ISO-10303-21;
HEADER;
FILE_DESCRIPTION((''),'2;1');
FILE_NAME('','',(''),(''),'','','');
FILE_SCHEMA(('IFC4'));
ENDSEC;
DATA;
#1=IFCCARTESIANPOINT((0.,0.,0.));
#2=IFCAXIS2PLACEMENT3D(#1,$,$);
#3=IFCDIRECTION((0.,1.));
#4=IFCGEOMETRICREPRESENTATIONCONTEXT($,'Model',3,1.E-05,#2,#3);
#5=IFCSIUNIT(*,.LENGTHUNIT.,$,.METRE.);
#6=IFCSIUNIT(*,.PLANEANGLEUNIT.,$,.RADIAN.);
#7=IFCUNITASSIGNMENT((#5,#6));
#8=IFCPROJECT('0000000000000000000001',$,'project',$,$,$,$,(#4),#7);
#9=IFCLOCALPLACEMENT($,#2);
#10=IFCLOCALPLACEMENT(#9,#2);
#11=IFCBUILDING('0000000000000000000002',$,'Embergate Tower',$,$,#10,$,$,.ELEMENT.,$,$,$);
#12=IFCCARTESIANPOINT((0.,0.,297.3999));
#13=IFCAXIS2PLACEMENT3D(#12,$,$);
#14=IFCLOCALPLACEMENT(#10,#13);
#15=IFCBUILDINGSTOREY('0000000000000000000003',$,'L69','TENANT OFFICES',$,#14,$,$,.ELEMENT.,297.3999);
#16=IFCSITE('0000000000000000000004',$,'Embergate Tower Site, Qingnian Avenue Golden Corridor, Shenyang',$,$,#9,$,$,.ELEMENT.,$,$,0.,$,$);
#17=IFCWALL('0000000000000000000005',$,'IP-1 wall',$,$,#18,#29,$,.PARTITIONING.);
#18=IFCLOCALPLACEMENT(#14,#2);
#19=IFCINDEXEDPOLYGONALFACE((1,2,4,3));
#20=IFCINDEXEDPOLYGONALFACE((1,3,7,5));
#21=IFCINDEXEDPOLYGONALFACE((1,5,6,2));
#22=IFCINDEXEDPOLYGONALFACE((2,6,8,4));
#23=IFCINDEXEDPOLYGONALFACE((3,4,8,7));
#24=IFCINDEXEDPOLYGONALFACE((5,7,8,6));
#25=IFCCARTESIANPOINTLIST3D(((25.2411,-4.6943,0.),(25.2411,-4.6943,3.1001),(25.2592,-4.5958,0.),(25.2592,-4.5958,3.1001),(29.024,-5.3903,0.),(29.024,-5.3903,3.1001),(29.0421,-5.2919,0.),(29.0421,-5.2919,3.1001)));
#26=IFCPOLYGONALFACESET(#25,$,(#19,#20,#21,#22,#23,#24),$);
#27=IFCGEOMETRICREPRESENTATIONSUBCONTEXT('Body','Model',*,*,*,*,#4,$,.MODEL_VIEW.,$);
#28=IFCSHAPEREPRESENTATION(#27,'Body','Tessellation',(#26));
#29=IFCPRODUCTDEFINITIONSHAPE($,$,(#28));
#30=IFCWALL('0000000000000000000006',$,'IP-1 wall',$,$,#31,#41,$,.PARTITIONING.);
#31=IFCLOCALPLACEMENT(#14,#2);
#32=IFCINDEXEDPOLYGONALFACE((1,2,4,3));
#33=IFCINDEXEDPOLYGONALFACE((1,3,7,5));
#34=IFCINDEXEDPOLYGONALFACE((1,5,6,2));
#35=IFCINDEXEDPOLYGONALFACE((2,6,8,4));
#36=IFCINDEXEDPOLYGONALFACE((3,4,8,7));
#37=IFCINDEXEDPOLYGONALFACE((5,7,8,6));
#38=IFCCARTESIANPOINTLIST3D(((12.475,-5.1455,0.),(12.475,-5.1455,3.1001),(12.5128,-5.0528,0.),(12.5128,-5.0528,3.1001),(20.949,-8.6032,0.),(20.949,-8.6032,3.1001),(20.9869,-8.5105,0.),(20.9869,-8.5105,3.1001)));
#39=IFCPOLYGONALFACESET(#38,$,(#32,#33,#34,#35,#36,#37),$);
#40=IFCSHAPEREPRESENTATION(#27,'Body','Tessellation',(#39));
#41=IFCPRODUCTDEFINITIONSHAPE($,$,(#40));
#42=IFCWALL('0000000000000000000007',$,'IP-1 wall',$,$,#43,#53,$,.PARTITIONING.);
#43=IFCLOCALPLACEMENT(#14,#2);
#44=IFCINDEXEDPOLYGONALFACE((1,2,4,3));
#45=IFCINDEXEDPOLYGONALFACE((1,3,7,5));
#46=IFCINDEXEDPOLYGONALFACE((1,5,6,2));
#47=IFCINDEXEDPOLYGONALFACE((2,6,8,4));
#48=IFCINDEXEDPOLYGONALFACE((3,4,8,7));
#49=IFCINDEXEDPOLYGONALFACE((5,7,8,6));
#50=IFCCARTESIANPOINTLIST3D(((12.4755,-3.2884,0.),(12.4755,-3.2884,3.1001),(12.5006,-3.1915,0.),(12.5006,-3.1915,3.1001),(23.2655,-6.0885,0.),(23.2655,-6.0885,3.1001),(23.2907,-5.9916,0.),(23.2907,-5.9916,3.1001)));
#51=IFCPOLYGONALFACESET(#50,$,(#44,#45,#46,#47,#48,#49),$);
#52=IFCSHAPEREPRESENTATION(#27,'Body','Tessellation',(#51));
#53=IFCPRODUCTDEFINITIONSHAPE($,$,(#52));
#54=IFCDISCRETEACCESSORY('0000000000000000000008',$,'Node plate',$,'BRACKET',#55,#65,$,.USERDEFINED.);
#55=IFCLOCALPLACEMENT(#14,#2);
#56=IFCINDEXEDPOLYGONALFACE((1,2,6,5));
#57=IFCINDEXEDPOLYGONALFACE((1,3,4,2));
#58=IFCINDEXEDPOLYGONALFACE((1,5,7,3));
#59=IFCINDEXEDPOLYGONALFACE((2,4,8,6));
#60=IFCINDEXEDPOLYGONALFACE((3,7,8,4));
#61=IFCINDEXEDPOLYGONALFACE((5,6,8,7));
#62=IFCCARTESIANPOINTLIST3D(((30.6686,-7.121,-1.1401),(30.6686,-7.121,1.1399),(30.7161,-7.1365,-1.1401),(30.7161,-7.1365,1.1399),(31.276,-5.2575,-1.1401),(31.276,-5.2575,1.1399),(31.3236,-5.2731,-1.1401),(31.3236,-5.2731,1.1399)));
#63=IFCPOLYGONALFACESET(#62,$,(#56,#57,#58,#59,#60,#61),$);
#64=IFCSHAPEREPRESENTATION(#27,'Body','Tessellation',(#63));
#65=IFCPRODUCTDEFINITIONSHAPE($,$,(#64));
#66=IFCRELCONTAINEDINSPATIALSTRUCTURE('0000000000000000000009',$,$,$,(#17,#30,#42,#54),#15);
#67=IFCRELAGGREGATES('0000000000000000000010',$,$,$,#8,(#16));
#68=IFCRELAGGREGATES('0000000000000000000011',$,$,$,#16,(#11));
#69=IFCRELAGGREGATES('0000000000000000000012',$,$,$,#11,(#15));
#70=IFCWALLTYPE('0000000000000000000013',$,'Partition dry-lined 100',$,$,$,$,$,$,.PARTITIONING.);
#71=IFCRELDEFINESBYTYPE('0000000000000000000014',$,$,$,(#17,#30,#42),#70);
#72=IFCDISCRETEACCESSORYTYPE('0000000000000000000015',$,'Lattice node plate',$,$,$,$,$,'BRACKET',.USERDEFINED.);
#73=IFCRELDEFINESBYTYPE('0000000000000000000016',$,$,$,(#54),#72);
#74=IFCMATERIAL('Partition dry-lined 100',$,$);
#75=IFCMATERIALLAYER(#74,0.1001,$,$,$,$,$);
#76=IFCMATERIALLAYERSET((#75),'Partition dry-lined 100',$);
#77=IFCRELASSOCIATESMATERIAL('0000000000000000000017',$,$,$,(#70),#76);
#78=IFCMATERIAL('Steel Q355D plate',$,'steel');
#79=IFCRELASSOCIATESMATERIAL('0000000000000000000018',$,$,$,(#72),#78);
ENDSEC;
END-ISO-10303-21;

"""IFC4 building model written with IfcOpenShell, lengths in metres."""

from ifc_helpers import new_model, si_unit, direction, frame, frame_2d, origin, origin_2d, place, context, subcontext, project, spatial, rectangle, extrude, source, transform, mapped, material, layer, layer_set, type_object, element, save


model = new_model("IFC4")

# Units and contexts
model_context = context("Model", 3, precision=1e-05, world=origin(), true_north=direction((0.0, 1.0)))
body_context = subcontext(model_context, "Body", "Model", "MODEL_VIEW")
ifc_project = project(units=[si_unit("LENGTHUNIT", "METRE"), si_unit("PLANEANGLEUNIT", "RADIAN")], contexts=[model_context])

# Site, building, storey
site_placement = place(None, origin())
site = spatial("IfcSite", under=ifc_project, at=site_placement, Name="Embergate Tower Site, Qingnian Avenue Golden Corridor, Shenyang", CompositionType="ELEMENT", RefElevation=0.0)
building_placement = place(site_placement, origin())
building = spatial("IfcBuilding", under=site, at=building_placement, Name="Embergate Tower", CompositionType="ELEMENT")
storey_placement = place(building_placement, frame((0.0, 0.0, 297.3999)))
storey = spatial("IfcBuildingStorey", under=building, at=storey_placement, Name="L69", Description="TENANT OFFICES", CompositionType="ELEMENT", Elevation=297.3999)

# Walls
ifc_material_1 = material(Name="Partition dry-lined 100")
ifc_layer_1 = layer(ifc_material_1, 0.1001)
ifc_layer_set_1 = layer_set([ifc_layer_1], Name="Partition dry-lined 100")
wall_type = type_object("IfcWallType", Name="Partition dry-lined 100", PredefinedType="PARTITIONING", material=ifc_layer_set_1)
shared_shape_1 = source(origin(), body_context, "Body", "SweptSolid", [
    extrude(rectangle(XDim=3.8464, YDim=0.1001, at=frame_2d((1.9233, 0.0))), origin(), (0.0, 0.0, 1.0), 3.1001),
])
wall_1_placement = place(storey_placement, frame((25.25, -4.645, 0.0), z_axis=(0.0, 0.0, 1.0), x_axis=(0.983491, -0.180957, 0.0)))
element("IfcWall", 1, at=wall_1_placement, inside=storey, type_object=wall_type, Name="IP-1 wall", PredefinedType="PARTITIONING", context=body_context, shape_type="MappedRepresentation", body=[
    mapped(shared_shape_1, transform((0.0, 0.0, 0.0))),
])
shared_shape_2 = source(origin(), body_context, "Body", "SweptSolid", [
    extrude(rectangle(XDim=9.1523, YDim=0.1001, at=frame_2d((4.5762, 0.0))), origin(), (0.0, 0.0, 1.0), 3.1001),
])
wall_2_placement = place(storey_placement, frame((12.4939, -5.0991, 0.0), z_axis=(0.0, 0.0, 1.0), x_axis=(0.925888, -0.377798, 0.0)))
element("IfcWall", 2, at=wall_2_placement, inside=storey, type_object=wall_type, Name="IP-1 wall", PredefinedType="PARTITIONING", context=body_context, shape_type="MappedRepresentation", body=[
    mapped(shared_shape_2, transform((0.0, 0.0, 0.0))),
])
shared_shape_3 = source(origin(), body_context, "Body", "SweptSolid", [
    extrude(rectangle(XDim=11.1475, YDim=0.1001, at=frame_2d((5.5737, 0.0))), origin(), (0.0, 0.0, 1.0), 3.1001),
])
wall_3_placement = place(storey_placement, frame((12.488, -3.24, 0.0), z_axis=(0.0, 0.0, 1.0), x_axis=(0.96794, -0.251183, 0.0)))
element("IfcWall", 3, at=wall_3_placement, inside=storey, type_object=wall_type, Name="IP-1 wall", PredefinedType="PARTITIONING", context=body_context, shape_type="MappedRepresentation", body=[
    mapped(shared_shape_3, transform((0.0, 0.0, 0.0))),
])

# Discrete accessory
ifc_material_2 = material(Name="Steel Q355D plate", Category="steel")
discrete_accessory_type = type_object("IfcDiscreteAccessoryType", Name="Lattice node plate", ElementType="BRACKET", PredefinedType="USERDEFINED", material=ifc_material_2)
shared_shape_4 = source(origin(), body_context, "Body", "SweptSolid", [
    extrude(rectangle(XDim=1.96, YDim=0.05, at=origin_2d()), origin(), (0.0, 0.0, 1.0), 2.28),
])
discrete_accessory_placement = place(storey_placement, frame((30.9961, -6.197, -1.1401), z_axis=(0.0, 0.0, 1.0), x_axis=(0.309946, 0.950754, 0.0)))
element("IfcDiscreteAccessory", 4, at=discrete_accessory_placement, inside=storey, type_object=discrete_accessory_type, Name="Node plate", ObjectType="BRACKET", PredefinedType="USERDEFINED", context=body_context, shape_type="MappedRepresentation", body=[
    mapped(shared_shape_4, transform((0.0, 0.0, 0.0))),
])

save(model, "model.ifc")
